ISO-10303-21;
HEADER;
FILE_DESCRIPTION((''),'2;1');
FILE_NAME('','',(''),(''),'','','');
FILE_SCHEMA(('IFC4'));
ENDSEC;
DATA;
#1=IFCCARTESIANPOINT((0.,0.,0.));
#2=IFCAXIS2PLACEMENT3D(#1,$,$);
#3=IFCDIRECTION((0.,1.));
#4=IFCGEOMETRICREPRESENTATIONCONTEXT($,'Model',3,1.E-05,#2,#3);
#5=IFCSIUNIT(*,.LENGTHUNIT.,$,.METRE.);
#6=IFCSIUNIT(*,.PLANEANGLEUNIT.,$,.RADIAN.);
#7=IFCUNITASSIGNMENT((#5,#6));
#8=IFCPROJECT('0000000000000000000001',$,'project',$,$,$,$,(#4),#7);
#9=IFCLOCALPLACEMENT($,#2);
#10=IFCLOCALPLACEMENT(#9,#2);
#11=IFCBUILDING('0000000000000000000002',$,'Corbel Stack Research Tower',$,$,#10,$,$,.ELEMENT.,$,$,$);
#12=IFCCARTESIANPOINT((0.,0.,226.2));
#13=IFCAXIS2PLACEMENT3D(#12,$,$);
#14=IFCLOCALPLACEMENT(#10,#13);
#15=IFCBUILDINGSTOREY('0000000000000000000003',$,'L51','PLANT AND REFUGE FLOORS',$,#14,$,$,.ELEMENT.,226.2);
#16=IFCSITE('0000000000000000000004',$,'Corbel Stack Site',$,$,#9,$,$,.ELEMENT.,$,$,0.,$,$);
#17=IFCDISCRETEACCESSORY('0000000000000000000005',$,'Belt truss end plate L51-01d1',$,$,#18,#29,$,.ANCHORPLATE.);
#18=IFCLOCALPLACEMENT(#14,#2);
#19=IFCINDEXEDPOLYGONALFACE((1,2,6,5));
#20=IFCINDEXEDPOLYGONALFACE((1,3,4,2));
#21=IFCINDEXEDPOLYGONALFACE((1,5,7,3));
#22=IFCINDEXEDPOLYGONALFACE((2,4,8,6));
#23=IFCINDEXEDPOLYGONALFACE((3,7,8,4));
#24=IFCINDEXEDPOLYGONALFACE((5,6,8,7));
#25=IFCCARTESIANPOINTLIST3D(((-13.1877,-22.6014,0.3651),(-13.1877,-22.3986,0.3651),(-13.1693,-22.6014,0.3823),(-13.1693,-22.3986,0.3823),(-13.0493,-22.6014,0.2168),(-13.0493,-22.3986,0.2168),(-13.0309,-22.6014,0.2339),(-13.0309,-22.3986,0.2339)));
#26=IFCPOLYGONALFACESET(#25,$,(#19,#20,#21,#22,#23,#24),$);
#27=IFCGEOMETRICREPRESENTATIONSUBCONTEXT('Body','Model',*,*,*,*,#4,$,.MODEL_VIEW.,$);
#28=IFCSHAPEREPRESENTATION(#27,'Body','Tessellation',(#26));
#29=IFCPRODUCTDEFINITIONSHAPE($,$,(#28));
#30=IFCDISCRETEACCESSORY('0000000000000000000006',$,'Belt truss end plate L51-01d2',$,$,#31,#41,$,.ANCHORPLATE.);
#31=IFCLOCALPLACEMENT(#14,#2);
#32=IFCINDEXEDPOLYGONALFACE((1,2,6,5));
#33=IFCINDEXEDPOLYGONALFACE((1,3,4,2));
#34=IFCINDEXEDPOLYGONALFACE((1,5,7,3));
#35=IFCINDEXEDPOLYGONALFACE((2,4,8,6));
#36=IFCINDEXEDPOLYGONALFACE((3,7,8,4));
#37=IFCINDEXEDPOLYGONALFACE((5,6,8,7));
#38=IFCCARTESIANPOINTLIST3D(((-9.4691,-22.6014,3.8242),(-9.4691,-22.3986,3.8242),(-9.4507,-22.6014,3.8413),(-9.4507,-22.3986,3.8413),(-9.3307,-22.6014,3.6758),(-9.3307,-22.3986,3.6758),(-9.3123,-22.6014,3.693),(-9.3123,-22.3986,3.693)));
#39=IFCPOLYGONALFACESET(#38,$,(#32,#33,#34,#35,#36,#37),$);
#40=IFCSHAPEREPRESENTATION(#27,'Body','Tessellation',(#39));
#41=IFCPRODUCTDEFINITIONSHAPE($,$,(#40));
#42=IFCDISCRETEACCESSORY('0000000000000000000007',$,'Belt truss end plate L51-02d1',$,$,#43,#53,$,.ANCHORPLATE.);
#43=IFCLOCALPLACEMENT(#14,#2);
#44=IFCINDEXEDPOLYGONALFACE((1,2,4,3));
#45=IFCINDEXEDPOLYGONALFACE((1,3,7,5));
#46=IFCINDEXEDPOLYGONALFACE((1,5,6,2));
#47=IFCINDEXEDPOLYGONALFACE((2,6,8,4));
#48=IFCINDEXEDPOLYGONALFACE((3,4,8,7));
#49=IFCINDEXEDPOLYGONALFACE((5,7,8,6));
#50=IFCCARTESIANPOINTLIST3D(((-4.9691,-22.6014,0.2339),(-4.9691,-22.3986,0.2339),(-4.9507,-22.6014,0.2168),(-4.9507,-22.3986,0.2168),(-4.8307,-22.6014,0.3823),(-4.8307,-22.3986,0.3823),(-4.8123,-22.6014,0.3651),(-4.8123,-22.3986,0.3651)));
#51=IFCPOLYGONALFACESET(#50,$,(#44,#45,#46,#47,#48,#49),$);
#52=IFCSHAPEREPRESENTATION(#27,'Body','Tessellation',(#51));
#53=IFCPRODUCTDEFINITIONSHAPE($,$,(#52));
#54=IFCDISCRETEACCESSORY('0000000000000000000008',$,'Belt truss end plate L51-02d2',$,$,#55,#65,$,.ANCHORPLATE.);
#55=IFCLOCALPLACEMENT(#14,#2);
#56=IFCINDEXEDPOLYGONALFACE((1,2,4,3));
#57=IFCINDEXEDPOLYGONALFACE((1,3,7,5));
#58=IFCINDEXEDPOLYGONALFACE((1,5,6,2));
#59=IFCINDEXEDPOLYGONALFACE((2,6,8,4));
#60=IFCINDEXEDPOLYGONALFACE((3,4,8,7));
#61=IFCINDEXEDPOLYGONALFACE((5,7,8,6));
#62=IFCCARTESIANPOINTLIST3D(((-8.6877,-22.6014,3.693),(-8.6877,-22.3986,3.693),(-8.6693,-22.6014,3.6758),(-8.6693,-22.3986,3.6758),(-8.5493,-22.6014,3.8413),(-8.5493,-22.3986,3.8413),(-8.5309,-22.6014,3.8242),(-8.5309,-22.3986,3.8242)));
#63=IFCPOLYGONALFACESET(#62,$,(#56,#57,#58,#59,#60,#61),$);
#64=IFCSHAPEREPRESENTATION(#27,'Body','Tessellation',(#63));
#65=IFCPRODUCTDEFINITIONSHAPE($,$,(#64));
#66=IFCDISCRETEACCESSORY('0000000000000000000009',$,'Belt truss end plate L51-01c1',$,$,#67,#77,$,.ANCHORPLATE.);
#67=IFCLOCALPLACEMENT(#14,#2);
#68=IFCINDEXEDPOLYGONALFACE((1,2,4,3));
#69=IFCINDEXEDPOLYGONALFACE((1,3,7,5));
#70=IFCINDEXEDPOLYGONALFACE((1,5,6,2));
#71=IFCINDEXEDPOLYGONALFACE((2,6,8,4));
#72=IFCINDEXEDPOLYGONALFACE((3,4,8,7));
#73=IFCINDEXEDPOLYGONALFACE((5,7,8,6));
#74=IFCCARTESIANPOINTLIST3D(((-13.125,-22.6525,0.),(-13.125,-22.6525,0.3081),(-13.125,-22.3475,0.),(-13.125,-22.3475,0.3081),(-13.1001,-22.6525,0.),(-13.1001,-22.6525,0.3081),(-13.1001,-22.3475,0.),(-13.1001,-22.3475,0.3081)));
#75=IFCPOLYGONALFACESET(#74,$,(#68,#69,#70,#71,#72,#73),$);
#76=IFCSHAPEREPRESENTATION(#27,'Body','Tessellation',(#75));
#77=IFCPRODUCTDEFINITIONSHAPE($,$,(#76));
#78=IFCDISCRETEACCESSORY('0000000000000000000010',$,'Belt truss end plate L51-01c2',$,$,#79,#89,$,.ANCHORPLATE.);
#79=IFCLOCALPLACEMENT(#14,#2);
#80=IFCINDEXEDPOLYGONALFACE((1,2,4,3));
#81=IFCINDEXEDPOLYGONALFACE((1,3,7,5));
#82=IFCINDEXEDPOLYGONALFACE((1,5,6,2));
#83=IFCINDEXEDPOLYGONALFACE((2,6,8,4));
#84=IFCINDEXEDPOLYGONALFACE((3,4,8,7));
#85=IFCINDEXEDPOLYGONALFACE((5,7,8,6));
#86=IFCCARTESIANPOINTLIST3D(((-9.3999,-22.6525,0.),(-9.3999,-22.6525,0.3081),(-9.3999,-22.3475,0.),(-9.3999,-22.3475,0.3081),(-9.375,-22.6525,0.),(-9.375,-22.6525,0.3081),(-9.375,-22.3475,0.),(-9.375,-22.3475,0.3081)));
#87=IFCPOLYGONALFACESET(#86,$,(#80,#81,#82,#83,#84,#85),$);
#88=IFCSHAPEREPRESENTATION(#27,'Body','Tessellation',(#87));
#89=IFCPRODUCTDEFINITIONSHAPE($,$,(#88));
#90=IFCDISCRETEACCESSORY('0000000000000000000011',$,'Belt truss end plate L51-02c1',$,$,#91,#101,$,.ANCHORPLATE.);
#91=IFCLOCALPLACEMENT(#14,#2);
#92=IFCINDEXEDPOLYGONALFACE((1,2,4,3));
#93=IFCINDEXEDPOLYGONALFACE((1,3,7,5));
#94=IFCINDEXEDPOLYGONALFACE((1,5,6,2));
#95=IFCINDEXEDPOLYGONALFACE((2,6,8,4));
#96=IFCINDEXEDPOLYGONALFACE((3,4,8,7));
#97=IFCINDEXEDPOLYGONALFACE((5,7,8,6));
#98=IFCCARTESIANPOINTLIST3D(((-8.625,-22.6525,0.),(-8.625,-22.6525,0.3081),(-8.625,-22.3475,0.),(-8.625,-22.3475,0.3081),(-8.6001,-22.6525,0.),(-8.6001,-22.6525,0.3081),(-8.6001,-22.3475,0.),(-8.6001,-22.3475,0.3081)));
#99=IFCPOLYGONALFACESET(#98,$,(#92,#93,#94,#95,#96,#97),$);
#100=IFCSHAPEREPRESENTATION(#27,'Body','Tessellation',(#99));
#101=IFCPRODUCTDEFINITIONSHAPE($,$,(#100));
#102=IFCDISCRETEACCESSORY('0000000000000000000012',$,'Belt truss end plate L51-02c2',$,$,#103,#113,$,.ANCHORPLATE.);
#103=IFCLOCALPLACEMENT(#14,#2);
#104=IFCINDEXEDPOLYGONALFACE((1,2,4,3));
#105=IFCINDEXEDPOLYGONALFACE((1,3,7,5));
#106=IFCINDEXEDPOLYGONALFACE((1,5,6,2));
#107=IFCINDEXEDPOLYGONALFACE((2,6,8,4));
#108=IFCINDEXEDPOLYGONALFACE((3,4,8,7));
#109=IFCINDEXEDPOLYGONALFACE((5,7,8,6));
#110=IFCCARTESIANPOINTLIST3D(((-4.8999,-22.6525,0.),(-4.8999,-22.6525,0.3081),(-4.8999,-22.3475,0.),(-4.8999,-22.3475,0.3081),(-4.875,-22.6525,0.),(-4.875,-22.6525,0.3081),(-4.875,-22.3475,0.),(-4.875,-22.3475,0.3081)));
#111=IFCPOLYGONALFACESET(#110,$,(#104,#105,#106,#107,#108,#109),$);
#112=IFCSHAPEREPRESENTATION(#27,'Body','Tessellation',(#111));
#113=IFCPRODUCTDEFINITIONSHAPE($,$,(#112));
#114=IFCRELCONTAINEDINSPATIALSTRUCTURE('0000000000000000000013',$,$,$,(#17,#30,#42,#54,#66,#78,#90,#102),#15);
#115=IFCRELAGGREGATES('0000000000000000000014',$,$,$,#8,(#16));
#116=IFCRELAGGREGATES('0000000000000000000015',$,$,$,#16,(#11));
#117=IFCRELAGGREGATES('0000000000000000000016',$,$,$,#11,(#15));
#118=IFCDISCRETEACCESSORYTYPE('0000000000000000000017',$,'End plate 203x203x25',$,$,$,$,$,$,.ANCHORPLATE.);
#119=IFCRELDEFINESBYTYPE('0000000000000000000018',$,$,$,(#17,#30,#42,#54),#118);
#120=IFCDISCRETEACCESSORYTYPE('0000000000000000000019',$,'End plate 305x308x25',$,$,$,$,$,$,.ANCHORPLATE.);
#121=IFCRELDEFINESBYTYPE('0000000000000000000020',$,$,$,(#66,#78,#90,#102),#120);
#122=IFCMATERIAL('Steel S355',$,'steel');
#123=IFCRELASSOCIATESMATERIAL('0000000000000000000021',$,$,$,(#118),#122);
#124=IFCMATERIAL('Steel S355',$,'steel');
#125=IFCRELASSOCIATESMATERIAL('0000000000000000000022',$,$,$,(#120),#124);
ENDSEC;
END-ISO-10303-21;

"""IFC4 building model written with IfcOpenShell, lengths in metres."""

from ifc_helpers import new_model, si_unit, direction, frame, origin, origin_2d, place, context, subcontext, project, spatial, rectangle, extrude, material, material_profile, profile_set, type_object, element, save


model = new_model("IFC4")

# Units and contexts
model_context = context("Model", 3, precision=1e-05, world=origin(), true_north=direction((0.0, 1.0)))
body_context = subcontext(model_context, "Body", "Model", "MODEL_VIEW")
ifc_project = project(units=[si_unit("LENGTHUNIT", "METRE"), si_unit("PLANEANGLEUNIT", "RADIAN")], contexts=[model_context])

# Site, building, storey
site_placement = place(None, origin())
site = spatial("IfcSite", under=ifc_project, at=site_placement, Name="Corbel Stack Site", CompositionType="ELEMENT", RefElevation=0.0)
building_placement = place(site_placement, origin())
building = spatial("IfcBuilding", under=site, at=building_placement, Name="Corbel Stack Research Tower", CompositionType="ELEMENT")
storey_placement = place(building_placement, frame((0.0, 0.0, 226.2)))
storey = spatial("IfcBuildingStorey", under=building, at=storey_placement, Name="L51", Description="PLANT AND REFUGE FLOORS", CompositionType="ELEMENT", Elevation=226.2)

# Discrete accessories
ifc_material_1 = material(Name="Steel S355", Category="steel")
ifc_material_profile_1 = material_profile(ifc_material_1, rectangle(XDim=0.2029, YDim=0.2029, at=origin_2d()), Name="End plate 203x203x25")
ifc_profile_set_1 = profile_set([ifc_material_profile_1], Name="Steel S355")
discrete_accessory_type_1 = type_object("IfcDiscreteAccessoryType", Name="End plate 203x203x25", PredefinedType="ANCHORPLATE", material=ifc_profile_set_1)
for number, where, z_axis, x_axis, name in (
    (1, (-13.1001, -22.5, 0.3081), (-0.731055, 0.0, -0.682318), (0.0, -1.0, 0.0), "Belt truss end plate L51-01d1"),
    (2, (-9.3999, -22.5, 3.75), (0.731055, 0.0, 0.682318), (0.0, 1.0, 0.0), "Belt truss end plate L51-01d2"),
    (3, (-4.8999, -22.5, 0.3081), (0.731055, 0.0, -0.682318), (0.0, 1.0, 0.0), "Belt truss end plate L51-02d1"),
    (4, (-8.6001, -22.5, 3.75), (-0.731055, 0.0, 0.682318), (0.0, -1.0, 0.0), "Belt truss end plate L51-02d2"),
):
    element("IfcDiscreteAccessory", number, at=place(storey_placement, frame(where, z_axis=z_axis, x_axis=x_axis)), inside=storey, type_object=discrete_accessory_type_1, Name=name, PredefinedType="ANCHORPLATE", context=body_context, shape_type="SweptSolid", body=[
        extrude(rectangle(XDim=0.2029, YDim=0.2029, at=origin_2d()), origin(), (0.0, 0.0, 1.0), 0.0251),
    ])
ifc_material_2 = material(Name="Steel S355", Category="steel")
ifc_material_profile_2 = material_profile(ifc_material_2, rectangle(XDim=0.3049, YDim=0.3081, at=origin_2d()), Name="End plate 305x308x25")
ifc_profile_set_2 = profile_set([ifc_material_profile_2], Name="Steel S355")
discrete_accessory_type_2 = type_object("IfcDiscreteAccessoryType", Name="End plate 305x308x25", PredefinedType="ANCHORPLATE", material=ifc_profile_set_2)
for number, where, z_axis, x_axis, name in (
    (5, (-13.1001, -22.5, 0.1541), (-1.0, 0.0, 0.0), (0.0, -1.0, 0.0), "Belt truss end plate L51-01c1"),
    (6, (-9.3999, -22.5, 0.1541), (1.0, 0.0, 0.0), (0.0, 1.0, 0.0), "Belt truss end plate L51-01c2"),
    (7, (-8.6001, -22.5, 0.1541), (-1.0, 0.0, 0.0), (0.0, -1.0, 0.0), "Belt truss end plate L51-02c1"),
    (8, (-4.8999, -22.5, 0.1541), (1.0, 0.0, 0.0), (0.0, 1.0, 0.0), "Belt truss end plate L51-02c2"),
):
    element("IfcDiscreteAccessory", number, at=place(storey_placement, frame(where, z_axis=z_axis, x_axis=x_axis)), inside=storey, type_object=discrete_accessory_type_2, Name=name, PredefinedType="ANCHORPLATE", context=body_context, shape_type="SweptSolid", body=[
        extrude(rectangle(XDim=0.3049, YDim=0.3081, at=origin_2d()), origin(), (0.0, 0.0, 1.0), 0.0249),
    ])

save(model, "model.ifc")
